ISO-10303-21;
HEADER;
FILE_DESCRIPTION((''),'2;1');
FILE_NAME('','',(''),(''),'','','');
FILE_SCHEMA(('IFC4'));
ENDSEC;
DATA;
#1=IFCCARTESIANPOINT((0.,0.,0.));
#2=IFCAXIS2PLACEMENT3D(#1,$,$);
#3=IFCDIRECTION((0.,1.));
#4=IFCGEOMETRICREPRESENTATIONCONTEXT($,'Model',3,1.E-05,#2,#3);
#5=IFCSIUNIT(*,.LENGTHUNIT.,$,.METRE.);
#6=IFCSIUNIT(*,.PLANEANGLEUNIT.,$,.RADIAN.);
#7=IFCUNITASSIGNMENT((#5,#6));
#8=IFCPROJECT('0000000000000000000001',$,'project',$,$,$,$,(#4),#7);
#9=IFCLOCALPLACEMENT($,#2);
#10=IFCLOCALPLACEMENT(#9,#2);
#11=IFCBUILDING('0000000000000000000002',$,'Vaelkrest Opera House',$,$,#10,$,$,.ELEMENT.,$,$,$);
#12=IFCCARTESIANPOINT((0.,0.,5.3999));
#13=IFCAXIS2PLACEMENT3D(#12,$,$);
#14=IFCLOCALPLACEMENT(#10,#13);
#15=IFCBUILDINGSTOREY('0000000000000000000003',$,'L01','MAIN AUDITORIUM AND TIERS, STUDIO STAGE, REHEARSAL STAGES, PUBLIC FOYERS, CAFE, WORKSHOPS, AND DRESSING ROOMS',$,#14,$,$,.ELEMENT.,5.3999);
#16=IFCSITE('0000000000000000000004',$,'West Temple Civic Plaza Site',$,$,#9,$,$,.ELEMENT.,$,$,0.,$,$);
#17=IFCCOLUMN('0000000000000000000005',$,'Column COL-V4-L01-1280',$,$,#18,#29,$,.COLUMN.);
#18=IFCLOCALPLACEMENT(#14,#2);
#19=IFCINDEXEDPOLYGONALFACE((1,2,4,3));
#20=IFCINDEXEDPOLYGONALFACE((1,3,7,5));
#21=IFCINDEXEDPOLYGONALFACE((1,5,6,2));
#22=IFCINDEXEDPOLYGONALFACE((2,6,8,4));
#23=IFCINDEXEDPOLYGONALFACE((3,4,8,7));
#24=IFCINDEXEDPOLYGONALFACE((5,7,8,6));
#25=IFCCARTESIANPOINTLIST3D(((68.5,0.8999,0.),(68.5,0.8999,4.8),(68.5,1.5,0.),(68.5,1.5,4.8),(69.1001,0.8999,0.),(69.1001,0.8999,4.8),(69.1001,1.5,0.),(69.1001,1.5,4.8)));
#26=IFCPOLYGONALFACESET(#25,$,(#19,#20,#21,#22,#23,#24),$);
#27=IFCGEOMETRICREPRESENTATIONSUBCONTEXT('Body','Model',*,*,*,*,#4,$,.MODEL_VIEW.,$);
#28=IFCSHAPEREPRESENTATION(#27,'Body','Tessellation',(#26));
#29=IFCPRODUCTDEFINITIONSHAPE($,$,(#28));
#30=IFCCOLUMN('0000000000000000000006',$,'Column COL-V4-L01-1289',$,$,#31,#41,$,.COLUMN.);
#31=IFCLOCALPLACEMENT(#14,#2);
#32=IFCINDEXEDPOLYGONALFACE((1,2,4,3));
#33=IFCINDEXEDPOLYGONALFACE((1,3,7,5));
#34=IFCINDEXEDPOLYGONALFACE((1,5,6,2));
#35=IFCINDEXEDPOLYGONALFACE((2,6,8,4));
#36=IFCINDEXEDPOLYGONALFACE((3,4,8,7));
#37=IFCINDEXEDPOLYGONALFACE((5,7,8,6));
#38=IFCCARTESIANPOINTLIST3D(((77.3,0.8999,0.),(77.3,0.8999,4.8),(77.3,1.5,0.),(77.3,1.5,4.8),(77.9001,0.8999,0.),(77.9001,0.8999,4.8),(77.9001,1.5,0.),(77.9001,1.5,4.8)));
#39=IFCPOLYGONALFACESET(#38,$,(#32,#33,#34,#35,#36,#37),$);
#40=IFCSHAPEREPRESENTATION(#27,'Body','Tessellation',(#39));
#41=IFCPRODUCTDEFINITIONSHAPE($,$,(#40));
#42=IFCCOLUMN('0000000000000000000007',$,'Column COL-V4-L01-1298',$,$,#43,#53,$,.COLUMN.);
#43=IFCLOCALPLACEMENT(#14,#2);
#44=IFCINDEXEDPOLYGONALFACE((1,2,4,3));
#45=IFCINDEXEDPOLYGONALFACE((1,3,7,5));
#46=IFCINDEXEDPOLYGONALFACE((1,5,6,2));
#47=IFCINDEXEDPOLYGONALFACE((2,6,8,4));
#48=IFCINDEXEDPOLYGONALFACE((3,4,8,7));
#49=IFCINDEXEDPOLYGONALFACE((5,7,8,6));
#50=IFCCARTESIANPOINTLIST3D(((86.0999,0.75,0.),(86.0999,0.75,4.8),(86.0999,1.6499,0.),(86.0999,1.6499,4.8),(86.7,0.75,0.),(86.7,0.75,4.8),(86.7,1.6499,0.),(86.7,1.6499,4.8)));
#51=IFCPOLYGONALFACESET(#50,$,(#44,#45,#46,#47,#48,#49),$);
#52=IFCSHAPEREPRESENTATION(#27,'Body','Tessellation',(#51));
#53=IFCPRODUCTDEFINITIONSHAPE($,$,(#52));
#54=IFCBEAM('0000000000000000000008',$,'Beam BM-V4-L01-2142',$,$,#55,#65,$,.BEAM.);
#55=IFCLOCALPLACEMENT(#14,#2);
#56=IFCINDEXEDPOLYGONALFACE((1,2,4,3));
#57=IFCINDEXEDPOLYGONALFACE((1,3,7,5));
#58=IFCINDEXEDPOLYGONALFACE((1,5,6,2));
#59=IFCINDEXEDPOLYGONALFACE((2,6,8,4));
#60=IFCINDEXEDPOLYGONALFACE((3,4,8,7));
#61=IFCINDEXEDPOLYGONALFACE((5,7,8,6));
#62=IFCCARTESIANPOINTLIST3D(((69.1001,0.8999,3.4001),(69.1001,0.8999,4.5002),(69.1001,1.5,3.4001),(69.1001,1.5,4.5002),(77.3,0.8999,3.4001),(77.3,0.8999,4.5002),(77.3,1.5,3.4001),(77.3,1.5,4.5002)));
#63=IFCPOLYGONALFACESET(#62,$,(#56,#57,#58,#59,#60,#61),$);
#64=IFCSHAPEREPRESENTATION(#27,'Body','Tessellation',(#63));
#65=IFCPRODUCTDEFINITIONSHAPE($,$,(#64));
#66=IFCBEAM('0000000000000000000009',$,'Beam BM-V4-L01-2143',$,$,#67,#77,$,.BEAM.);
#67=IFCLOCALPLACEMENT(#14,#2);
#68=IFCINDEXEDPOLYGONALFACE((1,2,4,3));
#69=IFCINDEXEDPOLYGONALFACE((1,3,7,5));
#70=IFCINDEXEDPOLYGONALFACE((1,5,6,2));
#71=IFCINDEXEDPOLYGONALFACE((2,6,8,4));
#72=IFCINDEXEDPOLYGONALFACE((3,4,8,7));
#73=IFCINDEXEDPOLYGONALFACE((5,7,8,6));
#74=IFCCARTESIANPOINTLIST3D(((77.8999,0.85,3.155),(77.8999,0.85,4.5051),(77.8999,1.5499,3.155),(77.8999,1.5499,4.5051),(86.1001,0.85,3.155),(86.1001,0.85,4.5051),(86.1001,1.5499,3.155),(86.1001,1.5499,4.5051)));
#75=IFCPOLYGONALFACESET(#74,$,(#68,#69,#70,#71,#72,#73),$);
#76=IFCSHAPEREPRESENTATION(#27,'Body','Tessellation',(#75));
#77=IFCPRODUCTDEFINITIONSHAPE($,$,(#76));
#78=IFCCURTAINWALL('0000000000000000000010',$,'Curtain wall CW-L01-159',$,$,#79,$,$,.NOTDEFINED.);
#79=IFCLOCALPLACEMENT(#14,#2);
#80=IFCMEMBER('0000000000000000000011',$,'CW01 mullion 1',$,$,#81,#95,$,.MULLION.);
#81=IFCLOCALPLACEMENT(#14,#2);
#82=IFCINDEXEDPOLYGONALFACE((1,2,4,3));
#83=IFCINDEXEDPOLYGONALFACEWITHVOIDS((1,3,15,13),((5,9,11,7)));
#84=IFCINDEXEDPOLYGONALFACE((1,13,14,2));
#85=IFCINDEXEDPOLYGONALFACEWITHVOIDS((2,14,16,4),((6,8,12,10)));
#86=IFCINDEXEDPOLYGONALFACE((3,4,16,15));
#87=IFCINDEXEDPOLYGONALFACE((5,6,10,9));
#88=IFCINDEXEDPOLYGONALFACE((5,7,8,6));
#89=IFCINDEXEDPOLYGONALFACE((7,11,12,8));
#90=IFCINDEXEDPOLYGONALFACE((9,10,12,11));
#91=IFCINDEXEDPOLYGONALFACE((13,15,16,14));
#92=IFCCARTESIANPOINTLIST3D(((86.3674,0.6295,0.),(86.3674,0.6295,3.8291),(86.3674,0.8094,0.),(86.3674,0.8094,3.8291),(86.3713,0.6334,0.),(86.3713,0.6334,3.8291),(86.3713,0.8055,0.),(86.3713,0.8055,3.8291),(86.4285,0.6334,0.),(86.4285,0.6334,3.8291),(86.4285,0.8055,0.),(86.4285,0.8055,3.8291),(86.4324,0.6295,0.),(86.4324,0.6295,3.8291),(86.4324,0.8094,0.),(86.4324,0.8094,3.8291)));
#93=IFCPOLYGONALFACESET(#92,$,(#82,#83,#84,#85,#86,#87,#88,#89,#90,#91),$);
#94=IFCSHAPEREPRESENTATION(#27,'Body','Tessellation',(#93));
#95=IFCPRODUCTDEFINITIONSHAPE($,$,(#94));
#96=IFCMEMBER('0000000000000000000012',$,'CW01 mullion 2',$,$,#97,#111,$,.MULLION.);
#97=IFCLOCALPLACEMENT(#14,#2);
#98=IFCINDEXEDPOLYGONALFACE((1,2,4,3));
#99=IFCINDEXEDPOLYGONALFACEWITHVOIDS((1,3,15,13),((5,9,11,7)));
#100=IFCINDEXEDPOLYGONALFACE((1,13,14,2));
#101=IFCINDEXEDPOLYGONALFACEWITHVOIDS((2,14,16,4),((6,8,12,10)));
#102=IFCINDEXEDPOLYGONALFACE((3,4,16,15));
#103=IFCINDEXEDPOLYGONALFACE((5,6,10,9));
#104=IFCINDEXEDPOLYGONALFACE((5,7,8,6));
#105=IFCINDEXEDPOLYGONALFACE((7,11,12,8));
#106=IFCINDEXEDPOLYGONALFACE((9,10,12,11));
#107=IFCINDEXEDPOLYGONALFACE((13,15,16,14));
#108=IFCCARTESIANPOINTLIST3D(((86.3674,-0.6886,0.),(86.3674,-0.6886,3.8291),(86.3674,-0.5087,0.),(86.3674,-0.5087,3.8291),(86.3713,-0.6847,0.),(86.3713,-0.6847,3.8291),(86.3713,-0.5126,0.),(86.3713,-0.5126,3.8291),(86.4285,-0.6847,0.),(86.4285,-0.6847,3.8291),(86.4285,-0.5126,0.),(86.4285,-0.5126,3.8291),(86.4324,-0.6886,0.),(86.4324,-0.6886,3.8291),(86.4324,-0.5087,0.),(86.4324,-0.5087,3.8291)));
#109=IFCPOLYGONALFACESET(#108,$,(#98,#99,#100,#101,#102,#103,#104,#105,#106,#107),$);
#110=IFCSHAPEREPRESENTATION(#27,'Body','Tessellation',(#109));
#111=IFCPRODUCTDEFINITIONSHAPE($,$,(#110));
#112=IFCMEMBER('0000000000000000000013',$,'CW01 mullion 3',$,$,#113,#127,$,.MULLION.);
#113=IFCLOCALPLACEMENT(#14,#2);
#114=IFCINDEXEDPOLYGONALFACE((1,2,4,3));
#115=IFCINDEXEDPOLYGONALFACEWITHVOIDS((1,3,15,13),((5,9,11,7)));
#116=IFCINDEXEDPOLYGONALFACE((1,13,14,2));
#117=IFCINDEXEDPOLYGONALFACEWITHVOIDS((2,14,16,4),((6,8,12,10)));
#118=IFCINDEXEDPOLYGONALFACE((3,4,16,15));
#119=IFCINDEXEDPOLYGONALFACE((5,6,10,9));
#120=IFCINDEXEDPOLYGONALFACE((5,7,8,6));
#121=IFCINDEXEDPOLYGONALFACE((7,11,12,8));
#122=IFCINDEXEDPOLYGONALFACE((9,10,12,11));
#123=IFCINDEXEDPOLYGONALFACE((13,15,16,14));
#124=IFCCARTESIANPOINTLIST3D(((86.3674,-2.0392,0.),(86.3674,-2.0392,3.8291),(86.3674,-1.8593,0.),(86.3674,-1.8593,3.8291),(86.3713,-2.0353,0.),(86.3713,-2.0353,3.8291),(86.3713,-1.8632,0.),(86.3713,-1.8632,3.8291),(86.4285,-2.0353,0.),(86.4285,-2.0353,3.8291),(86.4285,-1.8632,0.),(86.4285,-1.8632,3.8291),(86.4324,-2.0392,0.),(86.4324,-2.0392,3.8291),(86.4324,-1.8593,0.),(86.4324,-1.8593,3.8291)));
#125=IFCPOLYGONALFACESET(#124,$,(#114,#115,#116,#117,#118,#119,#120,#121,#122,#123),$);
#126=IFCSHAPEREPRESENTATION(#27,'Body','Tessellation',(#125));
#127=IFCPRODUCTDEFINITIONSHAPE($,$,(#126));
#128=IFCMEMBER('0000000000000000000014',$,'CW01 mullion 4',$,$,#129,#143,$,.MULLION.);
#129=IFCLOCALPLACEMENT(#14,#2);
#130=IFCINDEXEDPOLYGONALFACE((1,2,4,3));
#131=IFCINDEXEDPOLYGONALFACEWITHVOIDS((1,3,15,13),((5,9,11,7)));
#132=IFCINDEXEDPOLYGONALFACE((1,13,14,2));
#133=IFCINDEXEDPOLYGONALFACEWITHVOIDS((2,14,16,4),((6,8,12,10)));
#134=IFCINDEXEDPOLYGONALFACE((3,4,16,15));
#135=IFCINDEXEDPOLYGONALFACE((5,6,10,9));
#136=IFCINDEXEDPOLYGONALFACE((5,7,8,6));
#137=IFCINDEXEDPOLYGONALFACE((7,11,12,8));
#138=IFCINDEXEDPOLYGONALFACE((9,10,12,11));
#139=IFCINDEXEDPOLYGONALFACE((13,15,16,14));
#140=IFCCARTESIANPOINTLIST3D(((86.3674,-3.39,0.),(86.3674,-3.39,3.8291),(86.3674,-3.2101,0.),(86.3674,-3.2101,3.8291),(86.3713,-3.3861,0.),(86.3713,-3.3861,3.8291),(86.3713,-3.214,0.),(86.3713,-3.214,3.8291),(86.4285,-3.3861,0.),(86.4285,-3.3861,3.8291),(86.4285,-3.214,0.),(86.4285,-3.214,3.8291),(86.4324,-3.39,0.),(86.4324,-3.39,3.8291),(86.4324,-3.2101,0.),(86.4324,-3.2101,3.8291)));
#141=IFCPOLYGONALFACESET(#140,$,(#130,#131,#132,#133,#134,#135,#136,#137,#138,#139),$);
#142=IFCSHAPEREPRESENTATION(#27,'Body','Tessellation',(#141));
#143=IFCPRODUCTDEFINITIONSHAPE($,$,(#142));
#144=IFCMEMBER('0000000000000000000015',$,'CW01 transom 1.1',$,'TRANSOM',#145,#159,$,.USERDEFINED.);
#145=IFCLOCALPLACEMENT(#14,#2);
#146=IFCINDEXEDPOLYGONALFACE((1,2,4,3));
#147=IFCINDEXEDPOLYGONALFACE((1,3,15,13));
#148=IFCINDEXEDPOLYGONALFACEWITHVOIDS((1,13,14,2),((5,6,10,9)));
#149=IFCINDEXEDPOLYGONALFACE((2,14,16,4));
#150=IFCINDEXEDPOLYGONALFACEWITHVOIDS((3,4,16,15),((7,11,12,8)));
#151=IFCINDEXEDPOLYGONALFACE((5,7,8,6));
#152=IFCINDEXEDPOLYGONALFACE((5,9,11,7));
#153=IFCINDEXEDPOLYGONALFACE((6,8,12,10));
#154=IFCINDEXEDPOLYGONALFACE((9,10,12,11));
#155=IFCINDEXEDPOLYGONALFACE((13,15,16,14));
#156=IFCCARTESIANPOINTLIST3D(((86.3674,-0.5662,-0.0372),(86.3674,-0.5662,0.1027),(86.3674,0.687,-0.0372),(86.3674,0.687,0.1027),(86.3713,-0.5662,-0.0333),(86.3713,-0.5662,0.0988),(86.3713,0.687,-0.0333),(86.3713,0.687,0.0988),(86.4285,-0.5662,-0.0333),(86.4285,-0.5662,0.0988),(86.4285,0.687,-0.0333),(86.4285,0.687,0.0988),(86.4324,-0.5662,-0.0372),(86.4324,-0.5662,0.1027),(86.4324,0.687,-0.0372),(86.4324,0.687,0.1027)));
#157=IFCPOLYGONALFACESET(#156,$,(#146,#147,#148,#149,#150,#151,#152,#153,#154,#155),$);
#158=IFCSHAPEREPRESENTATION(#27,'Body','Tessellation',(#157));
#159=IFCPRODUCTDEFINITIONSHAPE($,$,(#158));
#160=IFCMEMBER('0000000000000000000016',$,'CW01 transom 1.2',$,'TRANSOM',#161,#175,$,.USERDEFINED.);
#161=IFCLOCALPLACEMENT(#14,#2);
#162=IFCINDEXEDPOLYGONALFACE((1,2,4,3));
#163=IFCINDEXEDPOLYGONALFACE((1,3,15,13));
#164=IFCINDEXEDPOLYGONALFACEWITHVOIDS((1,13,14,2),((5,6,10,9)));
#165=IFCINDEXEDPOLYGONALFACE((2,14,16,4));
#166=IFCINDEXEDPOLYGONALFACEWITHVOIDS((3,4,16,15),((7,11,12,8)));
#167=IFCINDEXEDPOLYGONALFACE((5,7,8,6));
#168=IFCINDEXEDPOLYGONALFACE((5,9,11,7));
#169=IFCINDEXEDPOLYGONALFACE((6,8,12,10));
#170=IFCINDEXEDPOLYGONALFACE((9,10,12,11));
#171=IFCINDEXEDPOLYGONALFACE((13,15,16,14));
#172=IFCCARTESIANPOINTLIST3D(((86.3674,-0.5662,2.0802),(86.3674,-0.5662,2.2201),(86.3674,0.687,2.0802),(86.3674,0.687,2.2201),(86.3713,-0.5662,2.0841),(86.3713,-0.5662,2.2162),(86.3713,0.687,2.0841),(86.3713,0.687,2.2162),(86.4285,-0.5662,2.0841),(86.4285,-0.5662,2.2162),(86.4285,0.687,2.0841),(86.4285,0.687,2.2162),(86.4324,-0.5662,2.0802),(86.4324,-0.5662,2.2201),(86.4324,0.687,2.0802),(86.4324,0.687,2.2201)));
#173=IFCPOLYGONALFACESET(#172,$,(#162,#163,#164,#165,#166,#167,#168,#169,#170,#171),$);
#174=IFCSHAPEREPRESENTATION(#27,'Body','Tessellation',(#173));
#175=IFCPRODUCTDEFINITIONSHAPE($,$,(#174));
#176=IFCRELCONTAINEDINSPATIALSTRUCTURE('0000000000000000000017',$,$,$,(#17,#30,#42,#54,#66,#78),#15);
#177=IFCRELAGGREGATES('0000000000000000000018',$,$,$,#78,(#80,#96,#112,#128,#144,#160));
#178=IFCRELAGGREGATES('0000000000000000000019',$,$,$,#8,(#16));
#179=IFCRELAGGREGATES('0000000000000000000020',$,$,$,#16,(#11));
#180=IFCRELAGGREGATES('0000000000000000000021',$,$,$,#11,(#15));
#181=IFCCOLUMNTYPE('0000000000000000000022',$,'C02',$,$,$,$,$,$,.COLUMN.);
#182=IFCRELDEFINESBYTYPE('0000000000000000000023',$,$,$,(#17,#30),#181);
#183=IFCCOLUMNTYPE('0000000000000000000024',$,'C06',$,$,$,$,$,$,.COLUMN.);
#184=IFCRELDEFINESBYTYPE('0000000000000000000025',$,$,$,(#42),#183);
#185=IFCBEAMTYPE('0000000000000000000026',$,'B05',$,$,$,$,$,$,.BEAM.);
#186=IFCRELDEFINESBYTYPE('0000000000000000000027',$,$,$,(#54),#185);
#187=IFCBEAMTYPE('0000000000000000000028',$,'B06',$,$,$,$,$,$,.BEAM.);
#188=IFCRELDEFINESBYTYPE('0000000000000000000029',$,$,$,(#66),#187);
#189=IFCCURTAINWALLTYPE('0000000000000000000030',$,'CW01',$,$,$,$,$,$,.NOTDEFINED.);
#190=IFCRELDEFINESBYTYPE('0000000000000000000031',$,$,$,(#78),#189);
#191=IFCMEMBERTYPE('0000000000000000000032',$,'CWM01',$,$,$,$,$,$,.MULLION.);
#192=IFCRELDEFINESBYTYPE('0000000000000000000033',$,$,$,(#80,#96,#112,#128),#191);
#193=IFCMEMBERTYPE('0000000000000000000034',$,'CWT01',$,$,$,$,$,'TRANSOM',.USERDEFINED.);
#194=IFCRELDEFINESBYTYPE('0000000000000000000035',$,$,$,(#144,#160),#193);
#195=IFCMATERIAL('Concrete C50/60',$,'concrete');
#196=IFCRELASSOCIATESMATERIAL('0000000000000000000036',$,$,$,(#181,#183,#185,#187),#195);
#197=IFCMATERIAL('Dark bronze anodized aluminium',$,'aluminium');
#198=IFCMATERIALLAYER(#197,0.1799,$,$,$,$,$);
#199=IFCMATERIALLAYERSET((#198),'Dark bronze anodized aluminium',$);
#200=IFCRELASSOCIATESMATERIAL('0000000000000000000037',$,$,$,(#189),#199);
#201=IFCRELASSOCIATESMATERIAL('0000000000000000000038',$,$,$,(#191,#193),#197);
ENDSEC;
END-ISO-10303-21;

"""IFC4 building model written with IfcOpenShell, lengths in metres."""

from ifc_helpers import new_model, si_unit, direction, frame, origin, origin_2d, place, context, subcontext, project, spatial, rectangle, hollow_rectangle, extrude, material, layer, layer_set, material_profile, profile_set, type_object, element, aggregate, save


model = new_model("IFC4")

# Units and contexts
model_context = context("Model", 3, precision=1e-05, world=origin(), true_north=direction((0.0, 1.0)))
body_context = subcontext(model_context, "Body", "Model", "MODEL_VIEW")
ifc_project = project(units=[si_unit("LENGTHUNIT", "METRE"), si_unit("PLANEANGLEUNIT", "RADIAN")], contexts=[model_context])

# Site, building, storey
site_placement = place(None, origin())
site = spatial("IfcSite", under=ifc_project, at=site_placement, Name="West Temple Civic Plaza Site", CompositionType="ELEMENT", RefElevation=0.0)
building_placement = place(site_placement, origin())
building = spatial("IfcBuilding", under=site, at=building_placement, Name="Vaelkrest Opera House", CompositionType="ELEMENT")
storey_placement = place(building_placement, frame((0.0, 0.0, 5.3999)))
storey = spatial("IfcBuildingStorey", under=building, at=storey_placement, Name="L01", Description="MAIN AUDITORIUM AND TIERS, STUDIO STAGE, REHEARSAL STAGES, PUBLIC FOYERS, CAFE, WORKSHOPS, AND DRESSING ROOMS", CompositionType="ELEMENT", Elevation=5.3999)

# Columns
ifc_material_1 = material(Name="Concrete C50/60", Category="concrete")
ifc_material_profile_1 = material_profile(ifc_material_1, rectangle(XDim=0.6001, YDim=0.6001, at=origin_2d()), Name="RC600X600")
ifc_profile_set_1 = profile_set([ifc_material_profile_1], Name="Concrete C50/60")
column_type_1 = type_object("IfcColumnType", Name="C02", PredefinedType="COLUMN", material=ifc_profile_set_1)
for number, where, z_axis, x_axis, name in (
    (1, (68.8, 1.2, 0.0), (0.0, 0.0, 1.0), (1.0, 0.0, 0.0), "Column COL-V4-L01-1280"),
    (2, (77.6001, 1.2, 0.0), (0.0, 0.0, 1.0), (1.0, 0.0, 0.0), "Column COL-V4-L01-1289"),
):
    element("IfcColumn", number, at=place(storey_placement, frame(where, z_axis=z_axis, x_axis=x_axis)), inside=storey, type_object=column_type_1, Name=name, PredefinedType="COLUMN", context=body_context, shape_type="SweptSolid", body=[
        extrude(rectangle(XDim=0.6001, YDim=0.6001, at=origin_2d()), origin(), (0.0, 0.0, 1.0), 4.8),
    ])
ifc_material_profile_2 = material_profile(ifc_material_1, rectangle(XDim=0.6001, YDim=0.8999, at=origin_2d()), Name="RC600X900")
ifc_profile_set_2 = profile_set([ifc_material_profile_2], Name="Concrete C50/60")
column_type_2 = type_object("IfcColumnType", Name="C06", PredefinedType="COLUMN", material=ifc_profile_set_2)
column_placement = place(storey_placement, frame((86.3999, 1.2, 0.0), z_axis=(0.0, 0.0, 1.0), x_axis=(1.0, 0.0, 0.0)))
element("IfcColumn", 3, at=column_placement, inside=storey, type_object=column_type_2, Name="Column COL-V4-L01-1298", PredefinedType="COLUMN", context=body_context, shape_type="SweptSolid", body=[
    extrude(rectangle(XDim=0.6001, YDim=0.8999, at=origin_2d()), origin(), (0.0, 0.0, 1.0), 4.8),
])

# Beams
ifc_material_profile_3 = material_profile(ifc_material_1, rectangle(XDim=0.6001, YDim=1.1001, at=origin_2d()), Name="RCB600X1100")
ifc_profile_set_3 = profile_set([ifc_material_profile_3], Name="Concrete C50/60")
beam_type_1 = type_object("IfcBeamType", Name="B05", PredefinedType="BEAM", material=ifc_profile_set_3)
beam_1_placement = place(storey_placement, frame((69.1001, 1.2, 3.9502), z_axis=(1.0, 0.0, 0.0), x_axis=(0.0, 1.0, 0.0)))
element("IfcBeam", 4, at=beam_1_placement, inside=storey, type_object=beam_type_1, Name="Beam BM-V4-L01-2142", PredefinedType="BEAM", context=body_context, shape_type="SweptSolid", body=[
    extrude(rectangle(XDim=0.6001, YDim=1.1001, at=origin_2d()), origin(), (0.0, 0.0, 1.0), 8.2),
])
ifc_material_profile_4 = material_profile(ifc_material_1, rectangle(XDim=0.7, YDim=1.3501, at=origin_2d()), Name="RCB700X1350")
ifc_profile_set_4 = profile_set([ifc_material_profile_4], Name="Concrete C50/60")
beam_type_2 = type_object("IfcBeamType", Name="B06", PredefinedType="BEAM", material=ifc_profile_set_4)
beam_2_placement = place(storey_placement, frame((77.8999, 1.2, 3.8301), z_axis=(1.0, 0.0, 0.0), x_axis=(0.0, 1.0, 0.0)))
element("IfcBeam", 5, at=beam_2_placement, inside=storey, type_object=beam_type_2, Name="Beam BM-V4-L01-2143", PredefinedType="BEAM", context=body_context, shape_type="SweptSolid", body=[
    extrude(rectangle(XDim=0.7, YDim=1.3501, at=origin_2d()), origin(), (0.0, 0.0, 1.0), 8.2002),
])

# Curtain wall, members
ifc_material_2 = material(Name="Dark bronze anodized aluminium", Category="aluminium")
ifc_layer_1 = layer(ifc_material_2, 0.1799)
ifc_layer_set_1 = layer_set([ifc_layer_1], Name="Dark bronze anodized aluminium")
curtain_wall_type = type_object("IfcCurtainWallType", Name="CW01", PredefinedType="NOTDEFINED", material=ifc_layer_set_1)
curtain_wall_placement = place(storey_placement, origin())
curtain_wall = element("IfcCurtainWall", 6, at=curtain_wall_placement, inside=storey, type_object=curtain_wall_type, Name="Curtain wall CW-L01-159", PredefinedType="NOTDEFINED")
ifc_material_profile_5 = material_profile(ifc_material_2, hollow_rectangle(XDim=0.0649, YDim=0.1799, WallThickness=0.0039, at=origin_2d()), Name="CWM65X180")
ifc_profile_set_5 = profile_set([ifc_material_profile_5], Name="Dark bronze anodized aluminium")
member_type_1 = type_object("IfcMemberType", Name="CWM01", PredefinedType="MULLION", material=ifc_profile_set_5)
member_1_placement = place(storey_placement, frame((86.3999, 0.7195, 0.0), z_axis=(0.0, 0.0, 1.0), x_axis=(1.0, 0.0, 0.0)))
member_1 = element("IfcMember", 7, at=member_1_placement, type_object=member_type_1, Name="CW01 mullion 1", PredefinedType="MULLION", context=body_context, shape_type="SweptSolid", body=[
    extrude(hollow_rectangle(XDim=0.0649, YDim=0.1799, WallThickness=0.0039, at=origin_2d()), origin(), (0.0, 0.0, 1.0), 3.8291),
])
member_2_placement = place(storey_placement, frame((86.3999, -0.5986, 0.0), z_axis=(0.0, 0.0, 1.0), x_axis=(1.0, 0.0, 0.0)))
member_2 = element("IfcMember", 8, at=member_2_placement, type_object=member_type_1, Name="CW01 mullion 2", PredefinedType="MULLION", context=body_context, shape_type="SweptSolid", body=[
    extrude(hollow_rectangle(XDim=0.0649, YDim=0.1799, WallThickness=0.0039, at=origin_2d()), origin(), (0.0, 0.0, 1.0), 3.8291),
])
member_3_placement = place(storey_placement, frame((86.3999, -1.9492, 0.0), z_axis=(0.0, 0.0, 1.0), x_axis=(1.0, 0.0, 0.0)))
member_3 = element("IfcMember", 9, at=member_3_placement, type_object=member_type_1, Name="CW01 mullion 3", PredefinedType="MULLION", context=body_context, shape_type="SweptSolid", body=[
    extrude(hollow_rectangle(XDim=0.0649, YDim=0.1799, WallThickness=0.0039, at=origin_2d()), origin(), (0.0, 0.0, 1.0), 3.8291),
])
member_4_placement = place(storey_placement, frame((86.3999, -3.3, 0.0), z_axis=(0.0, 0.0, 1.0), x_axis=(1.0, 0.0, 0.0)))
member_4 = element("IfcMember", 10, at=member_4_placement, type_object=member_type_1, Name="CW01 mullion 4", PredefinedType="MULLION", context=body_context, shape_type="SweptSolid", body=[
    extrude(hollow_rectangle(XDim=0.0649, YDim=0.1799, WallThickness=0.0039, at=origin_2d()), origin(), (0.0, 0.0, 1.0), 3.8291),
])
ifc_material_profile_6 = material_profile(ifc_material_2, hollow_rectangle(XDim=0.0649, YDim=0.1399, WallThickness=0.0039, at=origin_2d()), Name="CWT65X140")
ifc_profile_set_6 = profile_set([ifc_material_profile_6], Name="Dark bronze anodized aluminium")
member_type_2 = type_object("IfcMemberType", Name="CWT01", ElementType="TRANSOM", PredefinedType="USERDEFINED", material=ifc_profile_set_6)
member_5_placement = place(storey_placement, frame((86.3999, 0.687, 0.0327), z_axis=(0.0, -1.0, 0.0), x_axis=(1.0, 0.0, 0.0)))
member_5 = element("IfcMember", 11, at=member_5_placement, type_object=member_type_2, Name="CW01 transom 1.1", ObjectType="TRANSOM", PredefinedType="USERDEFINED", context=body_context, shape_type="SweptSolid", body=[
    extrude(hollow_rectangle(XDim=0.0649, YDim=0.1399, WallThickness=0.0039, at=origin_2d()), origin(), (0.0, 0.0, 1.0), 1.2532),
])
member_6_placement = place(storey_placement, frame((86.3999, 0.687, 2.1501), z_axis=(0.0, -1.0, 0.0), x_axis=(1.0, 0.0, 0.0)))
member_6 = element("IfcMember", 12, at=member_6_placement, type_object=member_type_2, Name="CW01 transom 1.2", ObjectType="TRANSOM", PredefinedType="USERDEFINED", context=body_context, shape_type="SweptSolid", body=[
    extrude(hollow_rectangle(XDim=0.0649, YDim=0.1399, WallThickness=0.0039, at=origin_2d()), origin(), (0.0, 0.0, 1.0), 1.2532),
])
aggregate(curtain_wall, [member_1, member_2, member_3, member_4, member_5, member_6])

save(model, "model.ifc")
